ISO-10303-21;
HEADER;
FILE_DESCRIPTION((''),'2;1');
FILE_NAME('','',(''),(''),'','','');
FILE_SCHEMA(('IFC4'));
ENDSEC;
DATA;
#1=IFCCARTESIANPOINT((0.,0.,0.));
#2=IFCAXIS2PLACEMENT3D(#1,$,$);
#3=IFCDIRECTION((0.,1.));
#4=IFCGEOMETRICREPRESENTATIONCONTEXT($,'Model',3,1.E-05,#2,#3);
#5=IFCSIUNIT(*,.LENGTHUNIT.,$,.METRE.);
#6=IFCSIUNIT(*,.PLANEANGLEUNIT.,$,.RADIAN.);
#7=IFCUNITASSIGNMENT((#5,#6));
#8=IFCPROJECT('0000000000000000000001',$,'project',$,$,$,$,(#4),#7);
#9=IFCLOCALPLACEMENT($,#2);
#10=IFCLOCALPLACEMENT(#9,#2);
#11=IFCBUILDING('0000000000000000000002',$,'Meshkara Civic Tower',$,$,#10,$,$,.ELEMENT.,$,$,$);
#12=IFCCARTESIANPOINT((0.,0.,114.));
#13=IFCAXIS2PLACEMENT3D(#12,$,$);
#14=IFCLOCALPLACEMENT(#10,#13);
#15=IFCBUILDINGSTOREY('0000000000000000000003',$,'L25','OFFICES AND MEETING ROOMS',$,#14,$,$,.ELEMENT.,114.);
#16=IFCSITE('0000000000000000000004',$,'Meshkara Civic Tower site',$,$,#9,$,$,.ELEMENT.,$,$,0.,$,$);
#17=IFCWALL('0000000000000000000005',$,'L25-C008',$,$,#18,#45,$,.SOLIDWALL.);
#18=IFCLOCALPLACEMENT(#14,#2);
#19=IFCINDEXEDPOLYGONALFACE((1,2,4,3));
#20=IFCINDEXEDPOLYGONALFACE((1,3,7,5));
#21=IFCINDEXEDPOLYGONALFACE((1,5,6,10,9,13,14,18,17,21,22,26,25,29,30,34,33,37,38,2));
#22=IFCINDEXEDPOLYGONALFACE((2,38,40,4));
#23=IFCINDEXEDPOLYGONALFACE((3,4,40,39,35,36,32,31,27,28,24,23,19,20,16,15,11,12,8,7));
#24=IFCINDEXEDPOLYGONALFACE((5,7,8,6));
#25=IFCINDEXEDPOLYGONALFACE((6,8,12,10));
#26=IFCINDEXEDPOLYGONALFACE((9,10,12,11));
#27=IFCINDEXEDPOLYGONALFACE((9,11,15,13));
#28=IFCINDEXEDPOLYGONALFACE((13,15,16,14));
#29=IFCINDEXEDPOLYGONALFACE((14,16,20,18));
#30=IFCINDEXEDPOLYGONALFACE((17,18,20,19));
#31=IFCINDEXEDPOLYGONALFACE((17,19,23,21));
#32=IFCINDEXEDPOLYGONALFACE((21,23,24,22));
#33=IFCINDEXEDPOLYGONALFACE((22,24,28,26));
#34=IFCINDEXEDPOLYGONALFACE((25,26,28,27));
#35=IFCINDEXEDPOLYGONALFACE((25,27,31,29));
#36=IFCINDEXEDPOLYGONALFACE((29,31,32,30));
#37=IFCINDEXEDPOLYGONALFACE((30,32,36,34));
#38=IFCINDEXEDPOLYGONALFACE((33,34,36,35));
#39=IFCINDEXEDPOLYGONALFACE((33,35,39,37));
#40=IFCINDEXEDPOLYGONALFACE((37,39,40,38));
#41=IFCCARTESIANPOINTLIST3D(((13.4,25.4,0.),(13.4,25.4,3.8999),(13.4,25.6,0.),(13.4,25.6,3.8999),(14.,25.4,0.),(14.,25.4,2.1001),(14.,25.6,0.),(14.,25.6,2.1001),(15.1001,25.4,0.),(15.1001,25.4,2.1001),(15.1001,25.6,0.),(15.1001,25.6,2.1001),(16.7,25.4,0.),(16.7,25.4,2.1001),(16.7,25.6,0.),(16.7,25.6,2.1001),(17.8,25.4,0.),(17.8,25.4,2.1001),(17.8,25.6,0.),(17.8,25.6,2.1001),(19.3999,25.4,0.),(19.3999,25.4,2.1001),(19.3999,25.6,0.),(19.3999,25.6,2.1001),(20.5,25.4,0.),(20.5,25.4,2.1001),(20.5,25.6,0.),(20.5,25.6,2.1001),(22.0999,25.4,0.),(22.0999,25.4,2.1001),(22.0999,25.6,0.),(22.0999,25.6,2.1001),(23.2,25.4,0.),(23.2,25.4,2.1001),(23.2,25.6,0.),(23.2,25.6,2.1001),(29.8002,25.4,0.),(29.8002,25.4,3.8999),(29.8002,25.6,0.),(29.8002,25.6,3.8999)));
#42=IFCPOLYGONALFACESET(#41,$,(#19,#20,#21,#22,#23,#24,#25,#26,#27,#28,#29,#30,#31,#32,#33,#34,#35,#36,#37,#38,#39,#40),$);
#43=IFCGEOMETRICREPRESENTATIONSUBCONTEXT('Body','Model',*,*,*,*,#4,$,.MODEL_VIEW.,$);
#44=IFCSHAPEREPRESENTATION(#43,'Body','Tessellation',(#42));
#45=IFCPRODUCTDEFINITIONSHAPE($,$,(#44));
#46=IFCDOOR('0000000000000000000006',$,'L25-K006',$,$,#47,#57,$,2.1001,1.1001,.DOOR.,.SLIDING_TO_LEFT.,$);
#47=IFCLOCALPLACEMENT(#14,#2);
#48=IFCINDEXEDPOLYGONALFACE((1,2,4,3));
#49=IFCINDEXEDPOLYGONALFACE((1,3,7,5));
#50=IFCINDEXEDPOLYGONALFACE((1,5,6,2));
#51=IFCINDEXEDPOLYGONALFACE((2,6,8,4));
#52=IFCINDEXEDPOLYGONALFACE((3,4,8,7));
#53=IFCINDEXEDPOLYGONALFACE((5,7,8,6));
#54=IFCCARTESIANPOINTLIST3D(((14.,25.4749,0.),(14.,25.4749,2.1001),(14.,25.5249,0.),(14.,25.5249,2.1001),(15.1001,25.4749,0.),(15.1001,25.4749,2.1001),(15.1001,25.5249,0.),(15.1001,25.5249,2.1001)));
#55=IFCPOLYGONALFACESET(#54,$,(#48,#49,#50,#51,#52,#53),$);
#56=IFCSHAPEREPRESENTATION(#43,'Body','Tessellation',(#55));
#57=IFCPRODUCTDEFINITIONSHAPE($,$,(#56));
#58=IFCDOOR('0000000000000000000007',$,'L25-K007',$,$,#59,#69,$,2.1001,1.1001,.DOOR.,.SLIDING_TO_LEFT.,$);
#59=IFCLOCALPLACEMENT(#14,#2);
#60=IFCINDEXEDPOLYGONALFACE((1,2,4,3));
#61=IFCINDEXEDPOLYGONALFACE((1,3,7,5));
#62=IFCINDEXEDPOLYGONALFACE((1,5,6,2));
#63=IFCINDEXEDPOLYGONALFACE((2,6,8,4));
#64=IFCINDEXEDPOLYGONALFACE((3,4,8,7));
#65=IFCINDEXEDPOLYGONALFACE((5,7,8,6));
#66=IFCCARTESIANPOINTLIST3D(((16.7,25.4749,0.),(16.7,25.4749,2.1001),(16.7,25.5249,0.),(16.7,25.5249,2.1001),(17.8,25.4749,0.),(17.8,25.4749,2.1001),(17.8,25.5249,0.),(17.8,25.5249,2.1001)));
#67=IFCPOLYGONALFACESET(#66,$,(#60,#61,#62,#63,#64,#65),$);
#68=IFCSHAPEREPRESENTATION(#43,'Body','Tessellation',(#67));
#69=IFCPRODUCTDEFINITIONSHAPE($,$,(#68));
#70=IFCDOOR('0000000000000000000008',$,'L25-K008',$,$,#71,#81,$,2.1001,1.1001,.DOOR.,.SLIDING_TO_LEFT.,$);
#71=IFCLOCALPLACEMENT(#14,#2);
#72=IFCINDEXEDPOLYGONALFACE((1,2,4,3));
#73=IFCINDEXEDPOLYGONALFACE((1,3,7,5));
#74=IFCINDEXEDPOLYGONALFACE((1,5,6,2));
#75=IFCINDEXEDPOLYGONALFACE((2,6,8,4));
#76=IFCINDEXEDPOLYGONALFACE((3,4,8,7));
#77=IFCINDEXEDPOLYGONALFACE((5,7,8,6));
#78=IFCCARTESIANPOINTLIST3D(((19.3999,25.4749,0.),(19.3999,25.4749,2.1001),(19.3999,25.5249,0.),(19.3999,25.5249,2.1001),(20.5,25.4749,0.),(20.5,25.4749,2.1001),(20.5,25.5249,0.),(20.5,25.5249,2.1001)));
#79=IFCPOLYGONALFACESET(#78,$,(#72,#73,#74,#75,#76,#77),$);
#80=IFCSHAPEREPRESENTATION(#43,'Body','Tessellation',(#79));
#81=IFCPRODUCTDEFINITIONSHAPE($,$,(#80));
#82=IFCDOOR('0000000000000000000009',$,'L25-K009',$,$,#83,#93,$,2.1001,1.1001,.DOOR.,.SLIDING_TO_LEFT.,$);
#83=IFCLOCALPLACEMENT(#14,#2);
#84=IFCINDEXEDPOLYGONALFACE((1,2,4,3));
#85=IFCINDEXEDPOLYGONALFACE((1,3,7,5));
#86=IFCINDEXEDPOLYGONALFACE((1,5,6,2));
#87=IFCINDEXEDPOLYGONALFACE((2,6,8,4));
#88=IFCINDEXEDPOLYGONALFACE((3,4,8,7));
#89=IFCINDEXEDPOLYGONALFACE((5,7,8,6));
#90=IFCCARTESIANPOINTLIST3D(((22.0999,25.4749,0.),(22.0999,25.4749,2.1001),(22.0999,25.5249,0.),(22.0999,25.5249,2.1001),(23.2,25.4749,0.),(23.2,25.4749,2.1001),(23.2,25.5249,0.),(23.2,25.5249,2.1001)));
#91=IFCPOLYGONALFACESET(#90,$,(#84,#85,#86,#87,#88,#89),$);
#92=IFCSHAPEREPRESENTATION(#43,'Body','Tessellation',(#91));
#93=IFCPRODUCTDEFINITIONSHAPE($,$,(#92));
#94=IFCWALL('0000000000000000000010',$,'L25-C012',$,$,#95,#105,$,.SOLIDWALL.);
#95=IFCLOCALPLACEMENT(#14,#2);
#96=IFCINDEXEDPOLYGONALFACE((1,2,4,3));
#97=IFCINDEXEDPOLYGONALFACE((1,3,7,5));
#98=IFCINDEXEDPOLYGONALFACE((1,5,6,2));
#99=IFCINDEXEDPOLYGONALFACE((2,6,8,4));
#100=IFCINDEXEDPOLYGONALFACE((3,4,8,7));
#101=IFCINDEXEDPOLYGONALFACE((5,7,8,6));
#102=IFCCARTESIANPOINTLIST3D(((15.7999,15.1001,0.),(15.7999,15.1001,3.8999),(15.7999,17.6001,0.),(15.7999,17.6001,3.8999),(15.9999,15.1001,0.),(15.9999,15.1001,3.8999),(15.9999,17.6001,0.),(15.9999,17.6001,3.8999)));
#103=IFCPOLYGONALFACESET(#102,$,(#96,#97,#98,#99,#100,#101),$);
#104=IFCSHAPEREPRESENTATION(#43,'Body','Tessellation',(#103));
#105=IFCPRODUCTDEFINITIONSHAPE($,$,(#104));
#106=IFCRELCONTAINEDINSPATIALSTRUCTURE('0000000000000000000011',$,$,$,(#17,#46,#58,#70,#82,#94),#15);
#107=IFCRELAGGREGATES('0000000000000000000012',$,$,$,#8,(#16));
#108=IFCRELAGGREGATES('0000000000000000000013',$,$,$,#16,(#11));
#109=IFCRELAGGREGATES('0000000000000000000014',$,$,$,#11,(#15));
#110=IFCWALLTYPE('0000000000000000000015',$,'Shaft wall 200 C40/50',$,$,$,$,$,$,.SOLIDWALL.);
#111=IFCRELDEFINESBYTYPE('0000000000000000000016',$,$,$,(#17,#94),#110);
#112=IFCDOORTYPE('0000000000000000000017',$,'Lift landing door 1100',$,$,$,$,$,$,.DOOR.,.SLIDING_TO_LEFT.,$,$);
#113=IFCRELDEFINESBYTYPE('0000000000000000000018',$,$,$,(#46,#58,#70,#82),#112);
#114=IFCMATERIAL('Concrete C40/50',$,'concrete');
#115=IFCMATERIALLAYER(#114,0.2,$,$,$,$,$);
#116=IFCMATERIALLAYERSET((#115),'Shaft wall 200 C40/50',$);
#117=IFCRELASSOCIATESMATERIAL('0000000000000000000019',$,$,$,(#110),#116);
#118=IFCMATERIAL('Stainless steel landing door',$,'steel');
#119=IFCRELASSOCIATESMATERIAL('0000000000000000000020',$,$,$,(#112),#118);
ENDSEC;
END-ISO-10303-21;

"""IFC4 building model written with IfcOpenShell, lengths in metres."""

from ifc_helpers import new_model, si_unit, direction, frame, frame_2d, origin, place, context, subcontext, project, spatial, rectangle, extrude, material, layer, layer_set, type_object, element, fill, save


model = new_model("IFC4")

# Units and contexts
model_context = context("Model", 3, precision=1e-05, world=origin(), true_north=direction((0.0, 1.0)))
body_context = subcontext(model_context, "Body", "Model", "MODEL_VIEW")
ifc_project = project(units=[si_unit("LENGTHUNIT", "METRE"), si_unit("PLANEANGLEUNIT", "RADIAN")], contexts=[model_context])

# Site, building, storey
site_placement = place(None, origin())
site = spatial("IfcSite", under=ifc_project, at=site_placement, Name="Meshkara Civic Tower site", CompositionType="ELEMENT", RefElevation=0.0)
building_placement = place(site_placement, origin())
building = spatial("IfcBuilding", under=site, at=building_placement, Name="Meshkara Civic Tower", CompositionType="ELEMENT")
storey_placement = place(building_placement, frame((0.0, 0.0, 114.0)))
storey = spatial("IfcBuildingStorey", under=building, at=storey_placement, Name="L25", Description="OFFICES AND MEETING ROOMS", CompositionType="ELEMENT", Elevation=114.0)

# Wall, openings, doors
ifc_material_1 = material(Name="Concrete C40/50", Category="concrete")
ifc_layer_1 = layer(ifc_material_1, 0.2)
ifc_layer_set_1 = layer_set([ifc_layer_1], Name="Shaft wall 200 C40/50")
wall_type_1 = type_object("IfcWallType", Name="Shaft wall 200 C40/50", PredefinedType="SOLIDWALL", material=ifc_layer_set_1)
ifc_material_2 = material(Name="Stainless steel landing door", Category="steel")
door_type_1 = type_object("IfcDoorType", Name="Lift landing door 1100", OperationType="SLIDING_TO_LEFT", PredefinedType="DOOR", material=ifc_material_2)
wall_1_placement = place(storey_placement, frame((13.3999, 25.5, 0.0), z_axis=(0.0, 0.0, 1.0), x_axis=(1.0, 0.0, 0.0)))
wall_1 = element("IfcWall", 1, at=wall_1_placement, inside=storey, type_object=wall_type_1, Name="L25-C008", PredefinedType="SOLIDWALL", context=body_context, shape_type="SweptSolid", body=[
    extrude(rectangle(XDim=16.4001, YDim=0.2, at=frame_2d((8.2002, 0.0))), origin(), (0.0, 0.0, 1.0), 3.8999),
])
opening_1_placement = place(wall_1_placement, frame((0.6001, 0.0, 0.0)))
opening_1 = element("IfcOpeningElement", 2, at=opening_1_placement, cuts=wall_1, PredefinedType="OPENING", context=body_context, shape_type="SweptSolid", body=[
    extrude(rectangle(XDim=1.1001, YDim=2.1001, at=frame_2d((0.55, 1.05))), frame((0.0, 0.1099, 0.0), z_axis=(0.0, -1.0, 0.0), x_axis=(1.0, 0.0, 0.0)), (0.0, 0.0, 1.0), 0.22),
])
opening_2_placement = place(wall_1_placement, frame((3.3, 0.0, 0.0)))
opening_2 = element("IfcOpeningElement", 3, at=opening_2_placement, cuts=wall_1, PredefinedType="OPENING", context=body_context, shape_type="SweptSolid", body=[
    extrude(rectangle(XDim=1.1001, YDim=2.1001, at=frame_2d((0.55, 1.05))), frame((0.0, 0.1099, 0.0), z_axis=(0.0, -1.0, 0.0), x_axis=(1.0, 0.0, 0.0)), (0.0, 0.0, 1.0), 0.22),
])
opening_3_placement = place(wall_1_placement, frame((6.0, 0.0, 0.0)))
opening_3 = element("IfcOpeningElement", 4, at=opening_3_placement, cuts=wall_1, PredefinedType="OPENING", context=body_context, shape_type="SweptSolid", body=[
    extrude(rectangle(XDim=1.1001, YDim=2.1001, at=frame_2d((0.55, 1.05))), frame((0.0, 0.1099, 0.0), z_axis=(0.0, -1.0, 0.0), x_axis=(1.0, 0.0, 0.0)), (0.0, 0.0, 1.0), 0.22),
])
opening_4_placement = place(wall_1_placement, frame((8.7, 0.0, 0.0)))
opening_4 = element("IfcOpeningElement", 5, at=opening_4_placement, cuts=wall_1, PredefinedType="OPENING", context=body_context, shape_type="SweptSolid", body=[
    extrude(rectangle(XDim=1.1001, YDim=2.1001, at=frame_2d((0.55, 1.05))), frame((0.0, 0.1099, 0.0), z_axis=(0.0, -1.0, 0.0), x_axis=(1.0, 0.0, 0.0)), (0.0, 0.0, 1.0), 0.22),
])
door_1_placement = place(opening_1_placement, origin())
door_1 = element("IfcDoor", 6, at=door_1_placement, inside=storey, type_object=door_type_1, Name="L25-K006", OperationType="SLIDING_TO_LEFT", OverallHeight=2.1001, OverallWidth=1.1001, PredefinedType="DOOR", context=body_context, shape_type="SweptSolid", body=[
    extrude(rectangle(XDim=1.1001, YDim=2.1001, at=frame_2d((0.55, 1.05))), frame((0.0, 0.0249, 0.0), z_axis=(0.0, -1.0, 0.0), x_axis=(1.0, 0.0, 0.0)), (0.0, 0.0, 1.0), 0.05),
])
fill(opening_1, door_1)
door_2_placement = place(opening_2_placement, origin())
door_2 = element("IfcDoor", 7, at=door_2_placement, inside=storey, type_object=door_type_1, Name="L25-K007", OperationType="SLIDING_TO_LEFT", OverallHeight=2.1001, OverallWidth=1.1001, PredefinedType="DOOR", context=body_context, shape_type="SweptSolid", body=[
    extrude(rectangle(XDim=1.1001, YDim=2.1001, at=frame_2d((0.55, 1.05))), frame((0.0, 0.0249, 0.0), z_axis=(0.0, -1.0, 0.0), x_axis=(1.0, 0.0, 0.0)), (0.0, 0.0, 1.0), 0.05),
])
fill(opening_2, door_2)
door_3_placement = place(opening_3_placement, origin())
door_3 = element("IfcDoor", 8, at=door_3_placement, inside=storey, type_object=door_type_1, Name="L25-K008", OperationType="SLIDING_TO_LEFT", OverallHeight=2.1001, OverallWidth=1.1001, PredefinedType="DOOR", context=body_context, shape_type="SweptSolid", body=[
    extrude(rectangle(XDim=1.1001, YDim=2.1001, at=frame_2d((0.55, 1.05))), frame((0.0, 0.0249, 0.0), z_axis=(0.0, -1.0, 0.0), x_axis=(1.0, 0.0, 0.0)), (0.0, 0.0, 1.0), 0.05),
])
fill(opening_3, door_3)
door_4_placement = place(opening_4_placement, origin())
door_4 = element("IfcDoor", 9, at=door_4_placement, inside=storey, type_object=door_type_1, Name="L25-K009", OperationType="SLIDING_TO_LEFT", OverallHeight=2.1001, OverallWidth=1.1001, PredefinedType="DOOR", context=body_context, shape_type="SweptSolid", body=[
    extrude(rectangle(XDim=1.1001, YDim=2.1001, at=frame_2d((0.55, 1.05))), frame((0.0, 0.0249, 0.0), z_axis=(0.0, -1.0, 0.0), x_axis=(1.0, 0.0, 0.0)), (0.0, 0.0, 1.0), 0.05),
])
fill(opening_4, door_4)

# Wall
wall_2_placement = place(storey_placement, frame((15.8999, 15.1001, 0.0), z_axis=(0.0, 0.0, 1.0), x_axis=(0.0, 1.0, 0.0)))
element("IfcWall", 10, at=wall_2_placement, inside=storey, type_object=wall_type_1, Name="L25-C012", PredefinedType="SOLIDWALL", context=body_context, shape_type="SweptSolid", body=[
    extrude(rectangle(XDim=2.5, YDim=0.2, at=frame_2d((1.25, 0.0))), origin(), (0.0, 0.0, 1.0), 3.8999),
])

save(model, "model.ifc")
